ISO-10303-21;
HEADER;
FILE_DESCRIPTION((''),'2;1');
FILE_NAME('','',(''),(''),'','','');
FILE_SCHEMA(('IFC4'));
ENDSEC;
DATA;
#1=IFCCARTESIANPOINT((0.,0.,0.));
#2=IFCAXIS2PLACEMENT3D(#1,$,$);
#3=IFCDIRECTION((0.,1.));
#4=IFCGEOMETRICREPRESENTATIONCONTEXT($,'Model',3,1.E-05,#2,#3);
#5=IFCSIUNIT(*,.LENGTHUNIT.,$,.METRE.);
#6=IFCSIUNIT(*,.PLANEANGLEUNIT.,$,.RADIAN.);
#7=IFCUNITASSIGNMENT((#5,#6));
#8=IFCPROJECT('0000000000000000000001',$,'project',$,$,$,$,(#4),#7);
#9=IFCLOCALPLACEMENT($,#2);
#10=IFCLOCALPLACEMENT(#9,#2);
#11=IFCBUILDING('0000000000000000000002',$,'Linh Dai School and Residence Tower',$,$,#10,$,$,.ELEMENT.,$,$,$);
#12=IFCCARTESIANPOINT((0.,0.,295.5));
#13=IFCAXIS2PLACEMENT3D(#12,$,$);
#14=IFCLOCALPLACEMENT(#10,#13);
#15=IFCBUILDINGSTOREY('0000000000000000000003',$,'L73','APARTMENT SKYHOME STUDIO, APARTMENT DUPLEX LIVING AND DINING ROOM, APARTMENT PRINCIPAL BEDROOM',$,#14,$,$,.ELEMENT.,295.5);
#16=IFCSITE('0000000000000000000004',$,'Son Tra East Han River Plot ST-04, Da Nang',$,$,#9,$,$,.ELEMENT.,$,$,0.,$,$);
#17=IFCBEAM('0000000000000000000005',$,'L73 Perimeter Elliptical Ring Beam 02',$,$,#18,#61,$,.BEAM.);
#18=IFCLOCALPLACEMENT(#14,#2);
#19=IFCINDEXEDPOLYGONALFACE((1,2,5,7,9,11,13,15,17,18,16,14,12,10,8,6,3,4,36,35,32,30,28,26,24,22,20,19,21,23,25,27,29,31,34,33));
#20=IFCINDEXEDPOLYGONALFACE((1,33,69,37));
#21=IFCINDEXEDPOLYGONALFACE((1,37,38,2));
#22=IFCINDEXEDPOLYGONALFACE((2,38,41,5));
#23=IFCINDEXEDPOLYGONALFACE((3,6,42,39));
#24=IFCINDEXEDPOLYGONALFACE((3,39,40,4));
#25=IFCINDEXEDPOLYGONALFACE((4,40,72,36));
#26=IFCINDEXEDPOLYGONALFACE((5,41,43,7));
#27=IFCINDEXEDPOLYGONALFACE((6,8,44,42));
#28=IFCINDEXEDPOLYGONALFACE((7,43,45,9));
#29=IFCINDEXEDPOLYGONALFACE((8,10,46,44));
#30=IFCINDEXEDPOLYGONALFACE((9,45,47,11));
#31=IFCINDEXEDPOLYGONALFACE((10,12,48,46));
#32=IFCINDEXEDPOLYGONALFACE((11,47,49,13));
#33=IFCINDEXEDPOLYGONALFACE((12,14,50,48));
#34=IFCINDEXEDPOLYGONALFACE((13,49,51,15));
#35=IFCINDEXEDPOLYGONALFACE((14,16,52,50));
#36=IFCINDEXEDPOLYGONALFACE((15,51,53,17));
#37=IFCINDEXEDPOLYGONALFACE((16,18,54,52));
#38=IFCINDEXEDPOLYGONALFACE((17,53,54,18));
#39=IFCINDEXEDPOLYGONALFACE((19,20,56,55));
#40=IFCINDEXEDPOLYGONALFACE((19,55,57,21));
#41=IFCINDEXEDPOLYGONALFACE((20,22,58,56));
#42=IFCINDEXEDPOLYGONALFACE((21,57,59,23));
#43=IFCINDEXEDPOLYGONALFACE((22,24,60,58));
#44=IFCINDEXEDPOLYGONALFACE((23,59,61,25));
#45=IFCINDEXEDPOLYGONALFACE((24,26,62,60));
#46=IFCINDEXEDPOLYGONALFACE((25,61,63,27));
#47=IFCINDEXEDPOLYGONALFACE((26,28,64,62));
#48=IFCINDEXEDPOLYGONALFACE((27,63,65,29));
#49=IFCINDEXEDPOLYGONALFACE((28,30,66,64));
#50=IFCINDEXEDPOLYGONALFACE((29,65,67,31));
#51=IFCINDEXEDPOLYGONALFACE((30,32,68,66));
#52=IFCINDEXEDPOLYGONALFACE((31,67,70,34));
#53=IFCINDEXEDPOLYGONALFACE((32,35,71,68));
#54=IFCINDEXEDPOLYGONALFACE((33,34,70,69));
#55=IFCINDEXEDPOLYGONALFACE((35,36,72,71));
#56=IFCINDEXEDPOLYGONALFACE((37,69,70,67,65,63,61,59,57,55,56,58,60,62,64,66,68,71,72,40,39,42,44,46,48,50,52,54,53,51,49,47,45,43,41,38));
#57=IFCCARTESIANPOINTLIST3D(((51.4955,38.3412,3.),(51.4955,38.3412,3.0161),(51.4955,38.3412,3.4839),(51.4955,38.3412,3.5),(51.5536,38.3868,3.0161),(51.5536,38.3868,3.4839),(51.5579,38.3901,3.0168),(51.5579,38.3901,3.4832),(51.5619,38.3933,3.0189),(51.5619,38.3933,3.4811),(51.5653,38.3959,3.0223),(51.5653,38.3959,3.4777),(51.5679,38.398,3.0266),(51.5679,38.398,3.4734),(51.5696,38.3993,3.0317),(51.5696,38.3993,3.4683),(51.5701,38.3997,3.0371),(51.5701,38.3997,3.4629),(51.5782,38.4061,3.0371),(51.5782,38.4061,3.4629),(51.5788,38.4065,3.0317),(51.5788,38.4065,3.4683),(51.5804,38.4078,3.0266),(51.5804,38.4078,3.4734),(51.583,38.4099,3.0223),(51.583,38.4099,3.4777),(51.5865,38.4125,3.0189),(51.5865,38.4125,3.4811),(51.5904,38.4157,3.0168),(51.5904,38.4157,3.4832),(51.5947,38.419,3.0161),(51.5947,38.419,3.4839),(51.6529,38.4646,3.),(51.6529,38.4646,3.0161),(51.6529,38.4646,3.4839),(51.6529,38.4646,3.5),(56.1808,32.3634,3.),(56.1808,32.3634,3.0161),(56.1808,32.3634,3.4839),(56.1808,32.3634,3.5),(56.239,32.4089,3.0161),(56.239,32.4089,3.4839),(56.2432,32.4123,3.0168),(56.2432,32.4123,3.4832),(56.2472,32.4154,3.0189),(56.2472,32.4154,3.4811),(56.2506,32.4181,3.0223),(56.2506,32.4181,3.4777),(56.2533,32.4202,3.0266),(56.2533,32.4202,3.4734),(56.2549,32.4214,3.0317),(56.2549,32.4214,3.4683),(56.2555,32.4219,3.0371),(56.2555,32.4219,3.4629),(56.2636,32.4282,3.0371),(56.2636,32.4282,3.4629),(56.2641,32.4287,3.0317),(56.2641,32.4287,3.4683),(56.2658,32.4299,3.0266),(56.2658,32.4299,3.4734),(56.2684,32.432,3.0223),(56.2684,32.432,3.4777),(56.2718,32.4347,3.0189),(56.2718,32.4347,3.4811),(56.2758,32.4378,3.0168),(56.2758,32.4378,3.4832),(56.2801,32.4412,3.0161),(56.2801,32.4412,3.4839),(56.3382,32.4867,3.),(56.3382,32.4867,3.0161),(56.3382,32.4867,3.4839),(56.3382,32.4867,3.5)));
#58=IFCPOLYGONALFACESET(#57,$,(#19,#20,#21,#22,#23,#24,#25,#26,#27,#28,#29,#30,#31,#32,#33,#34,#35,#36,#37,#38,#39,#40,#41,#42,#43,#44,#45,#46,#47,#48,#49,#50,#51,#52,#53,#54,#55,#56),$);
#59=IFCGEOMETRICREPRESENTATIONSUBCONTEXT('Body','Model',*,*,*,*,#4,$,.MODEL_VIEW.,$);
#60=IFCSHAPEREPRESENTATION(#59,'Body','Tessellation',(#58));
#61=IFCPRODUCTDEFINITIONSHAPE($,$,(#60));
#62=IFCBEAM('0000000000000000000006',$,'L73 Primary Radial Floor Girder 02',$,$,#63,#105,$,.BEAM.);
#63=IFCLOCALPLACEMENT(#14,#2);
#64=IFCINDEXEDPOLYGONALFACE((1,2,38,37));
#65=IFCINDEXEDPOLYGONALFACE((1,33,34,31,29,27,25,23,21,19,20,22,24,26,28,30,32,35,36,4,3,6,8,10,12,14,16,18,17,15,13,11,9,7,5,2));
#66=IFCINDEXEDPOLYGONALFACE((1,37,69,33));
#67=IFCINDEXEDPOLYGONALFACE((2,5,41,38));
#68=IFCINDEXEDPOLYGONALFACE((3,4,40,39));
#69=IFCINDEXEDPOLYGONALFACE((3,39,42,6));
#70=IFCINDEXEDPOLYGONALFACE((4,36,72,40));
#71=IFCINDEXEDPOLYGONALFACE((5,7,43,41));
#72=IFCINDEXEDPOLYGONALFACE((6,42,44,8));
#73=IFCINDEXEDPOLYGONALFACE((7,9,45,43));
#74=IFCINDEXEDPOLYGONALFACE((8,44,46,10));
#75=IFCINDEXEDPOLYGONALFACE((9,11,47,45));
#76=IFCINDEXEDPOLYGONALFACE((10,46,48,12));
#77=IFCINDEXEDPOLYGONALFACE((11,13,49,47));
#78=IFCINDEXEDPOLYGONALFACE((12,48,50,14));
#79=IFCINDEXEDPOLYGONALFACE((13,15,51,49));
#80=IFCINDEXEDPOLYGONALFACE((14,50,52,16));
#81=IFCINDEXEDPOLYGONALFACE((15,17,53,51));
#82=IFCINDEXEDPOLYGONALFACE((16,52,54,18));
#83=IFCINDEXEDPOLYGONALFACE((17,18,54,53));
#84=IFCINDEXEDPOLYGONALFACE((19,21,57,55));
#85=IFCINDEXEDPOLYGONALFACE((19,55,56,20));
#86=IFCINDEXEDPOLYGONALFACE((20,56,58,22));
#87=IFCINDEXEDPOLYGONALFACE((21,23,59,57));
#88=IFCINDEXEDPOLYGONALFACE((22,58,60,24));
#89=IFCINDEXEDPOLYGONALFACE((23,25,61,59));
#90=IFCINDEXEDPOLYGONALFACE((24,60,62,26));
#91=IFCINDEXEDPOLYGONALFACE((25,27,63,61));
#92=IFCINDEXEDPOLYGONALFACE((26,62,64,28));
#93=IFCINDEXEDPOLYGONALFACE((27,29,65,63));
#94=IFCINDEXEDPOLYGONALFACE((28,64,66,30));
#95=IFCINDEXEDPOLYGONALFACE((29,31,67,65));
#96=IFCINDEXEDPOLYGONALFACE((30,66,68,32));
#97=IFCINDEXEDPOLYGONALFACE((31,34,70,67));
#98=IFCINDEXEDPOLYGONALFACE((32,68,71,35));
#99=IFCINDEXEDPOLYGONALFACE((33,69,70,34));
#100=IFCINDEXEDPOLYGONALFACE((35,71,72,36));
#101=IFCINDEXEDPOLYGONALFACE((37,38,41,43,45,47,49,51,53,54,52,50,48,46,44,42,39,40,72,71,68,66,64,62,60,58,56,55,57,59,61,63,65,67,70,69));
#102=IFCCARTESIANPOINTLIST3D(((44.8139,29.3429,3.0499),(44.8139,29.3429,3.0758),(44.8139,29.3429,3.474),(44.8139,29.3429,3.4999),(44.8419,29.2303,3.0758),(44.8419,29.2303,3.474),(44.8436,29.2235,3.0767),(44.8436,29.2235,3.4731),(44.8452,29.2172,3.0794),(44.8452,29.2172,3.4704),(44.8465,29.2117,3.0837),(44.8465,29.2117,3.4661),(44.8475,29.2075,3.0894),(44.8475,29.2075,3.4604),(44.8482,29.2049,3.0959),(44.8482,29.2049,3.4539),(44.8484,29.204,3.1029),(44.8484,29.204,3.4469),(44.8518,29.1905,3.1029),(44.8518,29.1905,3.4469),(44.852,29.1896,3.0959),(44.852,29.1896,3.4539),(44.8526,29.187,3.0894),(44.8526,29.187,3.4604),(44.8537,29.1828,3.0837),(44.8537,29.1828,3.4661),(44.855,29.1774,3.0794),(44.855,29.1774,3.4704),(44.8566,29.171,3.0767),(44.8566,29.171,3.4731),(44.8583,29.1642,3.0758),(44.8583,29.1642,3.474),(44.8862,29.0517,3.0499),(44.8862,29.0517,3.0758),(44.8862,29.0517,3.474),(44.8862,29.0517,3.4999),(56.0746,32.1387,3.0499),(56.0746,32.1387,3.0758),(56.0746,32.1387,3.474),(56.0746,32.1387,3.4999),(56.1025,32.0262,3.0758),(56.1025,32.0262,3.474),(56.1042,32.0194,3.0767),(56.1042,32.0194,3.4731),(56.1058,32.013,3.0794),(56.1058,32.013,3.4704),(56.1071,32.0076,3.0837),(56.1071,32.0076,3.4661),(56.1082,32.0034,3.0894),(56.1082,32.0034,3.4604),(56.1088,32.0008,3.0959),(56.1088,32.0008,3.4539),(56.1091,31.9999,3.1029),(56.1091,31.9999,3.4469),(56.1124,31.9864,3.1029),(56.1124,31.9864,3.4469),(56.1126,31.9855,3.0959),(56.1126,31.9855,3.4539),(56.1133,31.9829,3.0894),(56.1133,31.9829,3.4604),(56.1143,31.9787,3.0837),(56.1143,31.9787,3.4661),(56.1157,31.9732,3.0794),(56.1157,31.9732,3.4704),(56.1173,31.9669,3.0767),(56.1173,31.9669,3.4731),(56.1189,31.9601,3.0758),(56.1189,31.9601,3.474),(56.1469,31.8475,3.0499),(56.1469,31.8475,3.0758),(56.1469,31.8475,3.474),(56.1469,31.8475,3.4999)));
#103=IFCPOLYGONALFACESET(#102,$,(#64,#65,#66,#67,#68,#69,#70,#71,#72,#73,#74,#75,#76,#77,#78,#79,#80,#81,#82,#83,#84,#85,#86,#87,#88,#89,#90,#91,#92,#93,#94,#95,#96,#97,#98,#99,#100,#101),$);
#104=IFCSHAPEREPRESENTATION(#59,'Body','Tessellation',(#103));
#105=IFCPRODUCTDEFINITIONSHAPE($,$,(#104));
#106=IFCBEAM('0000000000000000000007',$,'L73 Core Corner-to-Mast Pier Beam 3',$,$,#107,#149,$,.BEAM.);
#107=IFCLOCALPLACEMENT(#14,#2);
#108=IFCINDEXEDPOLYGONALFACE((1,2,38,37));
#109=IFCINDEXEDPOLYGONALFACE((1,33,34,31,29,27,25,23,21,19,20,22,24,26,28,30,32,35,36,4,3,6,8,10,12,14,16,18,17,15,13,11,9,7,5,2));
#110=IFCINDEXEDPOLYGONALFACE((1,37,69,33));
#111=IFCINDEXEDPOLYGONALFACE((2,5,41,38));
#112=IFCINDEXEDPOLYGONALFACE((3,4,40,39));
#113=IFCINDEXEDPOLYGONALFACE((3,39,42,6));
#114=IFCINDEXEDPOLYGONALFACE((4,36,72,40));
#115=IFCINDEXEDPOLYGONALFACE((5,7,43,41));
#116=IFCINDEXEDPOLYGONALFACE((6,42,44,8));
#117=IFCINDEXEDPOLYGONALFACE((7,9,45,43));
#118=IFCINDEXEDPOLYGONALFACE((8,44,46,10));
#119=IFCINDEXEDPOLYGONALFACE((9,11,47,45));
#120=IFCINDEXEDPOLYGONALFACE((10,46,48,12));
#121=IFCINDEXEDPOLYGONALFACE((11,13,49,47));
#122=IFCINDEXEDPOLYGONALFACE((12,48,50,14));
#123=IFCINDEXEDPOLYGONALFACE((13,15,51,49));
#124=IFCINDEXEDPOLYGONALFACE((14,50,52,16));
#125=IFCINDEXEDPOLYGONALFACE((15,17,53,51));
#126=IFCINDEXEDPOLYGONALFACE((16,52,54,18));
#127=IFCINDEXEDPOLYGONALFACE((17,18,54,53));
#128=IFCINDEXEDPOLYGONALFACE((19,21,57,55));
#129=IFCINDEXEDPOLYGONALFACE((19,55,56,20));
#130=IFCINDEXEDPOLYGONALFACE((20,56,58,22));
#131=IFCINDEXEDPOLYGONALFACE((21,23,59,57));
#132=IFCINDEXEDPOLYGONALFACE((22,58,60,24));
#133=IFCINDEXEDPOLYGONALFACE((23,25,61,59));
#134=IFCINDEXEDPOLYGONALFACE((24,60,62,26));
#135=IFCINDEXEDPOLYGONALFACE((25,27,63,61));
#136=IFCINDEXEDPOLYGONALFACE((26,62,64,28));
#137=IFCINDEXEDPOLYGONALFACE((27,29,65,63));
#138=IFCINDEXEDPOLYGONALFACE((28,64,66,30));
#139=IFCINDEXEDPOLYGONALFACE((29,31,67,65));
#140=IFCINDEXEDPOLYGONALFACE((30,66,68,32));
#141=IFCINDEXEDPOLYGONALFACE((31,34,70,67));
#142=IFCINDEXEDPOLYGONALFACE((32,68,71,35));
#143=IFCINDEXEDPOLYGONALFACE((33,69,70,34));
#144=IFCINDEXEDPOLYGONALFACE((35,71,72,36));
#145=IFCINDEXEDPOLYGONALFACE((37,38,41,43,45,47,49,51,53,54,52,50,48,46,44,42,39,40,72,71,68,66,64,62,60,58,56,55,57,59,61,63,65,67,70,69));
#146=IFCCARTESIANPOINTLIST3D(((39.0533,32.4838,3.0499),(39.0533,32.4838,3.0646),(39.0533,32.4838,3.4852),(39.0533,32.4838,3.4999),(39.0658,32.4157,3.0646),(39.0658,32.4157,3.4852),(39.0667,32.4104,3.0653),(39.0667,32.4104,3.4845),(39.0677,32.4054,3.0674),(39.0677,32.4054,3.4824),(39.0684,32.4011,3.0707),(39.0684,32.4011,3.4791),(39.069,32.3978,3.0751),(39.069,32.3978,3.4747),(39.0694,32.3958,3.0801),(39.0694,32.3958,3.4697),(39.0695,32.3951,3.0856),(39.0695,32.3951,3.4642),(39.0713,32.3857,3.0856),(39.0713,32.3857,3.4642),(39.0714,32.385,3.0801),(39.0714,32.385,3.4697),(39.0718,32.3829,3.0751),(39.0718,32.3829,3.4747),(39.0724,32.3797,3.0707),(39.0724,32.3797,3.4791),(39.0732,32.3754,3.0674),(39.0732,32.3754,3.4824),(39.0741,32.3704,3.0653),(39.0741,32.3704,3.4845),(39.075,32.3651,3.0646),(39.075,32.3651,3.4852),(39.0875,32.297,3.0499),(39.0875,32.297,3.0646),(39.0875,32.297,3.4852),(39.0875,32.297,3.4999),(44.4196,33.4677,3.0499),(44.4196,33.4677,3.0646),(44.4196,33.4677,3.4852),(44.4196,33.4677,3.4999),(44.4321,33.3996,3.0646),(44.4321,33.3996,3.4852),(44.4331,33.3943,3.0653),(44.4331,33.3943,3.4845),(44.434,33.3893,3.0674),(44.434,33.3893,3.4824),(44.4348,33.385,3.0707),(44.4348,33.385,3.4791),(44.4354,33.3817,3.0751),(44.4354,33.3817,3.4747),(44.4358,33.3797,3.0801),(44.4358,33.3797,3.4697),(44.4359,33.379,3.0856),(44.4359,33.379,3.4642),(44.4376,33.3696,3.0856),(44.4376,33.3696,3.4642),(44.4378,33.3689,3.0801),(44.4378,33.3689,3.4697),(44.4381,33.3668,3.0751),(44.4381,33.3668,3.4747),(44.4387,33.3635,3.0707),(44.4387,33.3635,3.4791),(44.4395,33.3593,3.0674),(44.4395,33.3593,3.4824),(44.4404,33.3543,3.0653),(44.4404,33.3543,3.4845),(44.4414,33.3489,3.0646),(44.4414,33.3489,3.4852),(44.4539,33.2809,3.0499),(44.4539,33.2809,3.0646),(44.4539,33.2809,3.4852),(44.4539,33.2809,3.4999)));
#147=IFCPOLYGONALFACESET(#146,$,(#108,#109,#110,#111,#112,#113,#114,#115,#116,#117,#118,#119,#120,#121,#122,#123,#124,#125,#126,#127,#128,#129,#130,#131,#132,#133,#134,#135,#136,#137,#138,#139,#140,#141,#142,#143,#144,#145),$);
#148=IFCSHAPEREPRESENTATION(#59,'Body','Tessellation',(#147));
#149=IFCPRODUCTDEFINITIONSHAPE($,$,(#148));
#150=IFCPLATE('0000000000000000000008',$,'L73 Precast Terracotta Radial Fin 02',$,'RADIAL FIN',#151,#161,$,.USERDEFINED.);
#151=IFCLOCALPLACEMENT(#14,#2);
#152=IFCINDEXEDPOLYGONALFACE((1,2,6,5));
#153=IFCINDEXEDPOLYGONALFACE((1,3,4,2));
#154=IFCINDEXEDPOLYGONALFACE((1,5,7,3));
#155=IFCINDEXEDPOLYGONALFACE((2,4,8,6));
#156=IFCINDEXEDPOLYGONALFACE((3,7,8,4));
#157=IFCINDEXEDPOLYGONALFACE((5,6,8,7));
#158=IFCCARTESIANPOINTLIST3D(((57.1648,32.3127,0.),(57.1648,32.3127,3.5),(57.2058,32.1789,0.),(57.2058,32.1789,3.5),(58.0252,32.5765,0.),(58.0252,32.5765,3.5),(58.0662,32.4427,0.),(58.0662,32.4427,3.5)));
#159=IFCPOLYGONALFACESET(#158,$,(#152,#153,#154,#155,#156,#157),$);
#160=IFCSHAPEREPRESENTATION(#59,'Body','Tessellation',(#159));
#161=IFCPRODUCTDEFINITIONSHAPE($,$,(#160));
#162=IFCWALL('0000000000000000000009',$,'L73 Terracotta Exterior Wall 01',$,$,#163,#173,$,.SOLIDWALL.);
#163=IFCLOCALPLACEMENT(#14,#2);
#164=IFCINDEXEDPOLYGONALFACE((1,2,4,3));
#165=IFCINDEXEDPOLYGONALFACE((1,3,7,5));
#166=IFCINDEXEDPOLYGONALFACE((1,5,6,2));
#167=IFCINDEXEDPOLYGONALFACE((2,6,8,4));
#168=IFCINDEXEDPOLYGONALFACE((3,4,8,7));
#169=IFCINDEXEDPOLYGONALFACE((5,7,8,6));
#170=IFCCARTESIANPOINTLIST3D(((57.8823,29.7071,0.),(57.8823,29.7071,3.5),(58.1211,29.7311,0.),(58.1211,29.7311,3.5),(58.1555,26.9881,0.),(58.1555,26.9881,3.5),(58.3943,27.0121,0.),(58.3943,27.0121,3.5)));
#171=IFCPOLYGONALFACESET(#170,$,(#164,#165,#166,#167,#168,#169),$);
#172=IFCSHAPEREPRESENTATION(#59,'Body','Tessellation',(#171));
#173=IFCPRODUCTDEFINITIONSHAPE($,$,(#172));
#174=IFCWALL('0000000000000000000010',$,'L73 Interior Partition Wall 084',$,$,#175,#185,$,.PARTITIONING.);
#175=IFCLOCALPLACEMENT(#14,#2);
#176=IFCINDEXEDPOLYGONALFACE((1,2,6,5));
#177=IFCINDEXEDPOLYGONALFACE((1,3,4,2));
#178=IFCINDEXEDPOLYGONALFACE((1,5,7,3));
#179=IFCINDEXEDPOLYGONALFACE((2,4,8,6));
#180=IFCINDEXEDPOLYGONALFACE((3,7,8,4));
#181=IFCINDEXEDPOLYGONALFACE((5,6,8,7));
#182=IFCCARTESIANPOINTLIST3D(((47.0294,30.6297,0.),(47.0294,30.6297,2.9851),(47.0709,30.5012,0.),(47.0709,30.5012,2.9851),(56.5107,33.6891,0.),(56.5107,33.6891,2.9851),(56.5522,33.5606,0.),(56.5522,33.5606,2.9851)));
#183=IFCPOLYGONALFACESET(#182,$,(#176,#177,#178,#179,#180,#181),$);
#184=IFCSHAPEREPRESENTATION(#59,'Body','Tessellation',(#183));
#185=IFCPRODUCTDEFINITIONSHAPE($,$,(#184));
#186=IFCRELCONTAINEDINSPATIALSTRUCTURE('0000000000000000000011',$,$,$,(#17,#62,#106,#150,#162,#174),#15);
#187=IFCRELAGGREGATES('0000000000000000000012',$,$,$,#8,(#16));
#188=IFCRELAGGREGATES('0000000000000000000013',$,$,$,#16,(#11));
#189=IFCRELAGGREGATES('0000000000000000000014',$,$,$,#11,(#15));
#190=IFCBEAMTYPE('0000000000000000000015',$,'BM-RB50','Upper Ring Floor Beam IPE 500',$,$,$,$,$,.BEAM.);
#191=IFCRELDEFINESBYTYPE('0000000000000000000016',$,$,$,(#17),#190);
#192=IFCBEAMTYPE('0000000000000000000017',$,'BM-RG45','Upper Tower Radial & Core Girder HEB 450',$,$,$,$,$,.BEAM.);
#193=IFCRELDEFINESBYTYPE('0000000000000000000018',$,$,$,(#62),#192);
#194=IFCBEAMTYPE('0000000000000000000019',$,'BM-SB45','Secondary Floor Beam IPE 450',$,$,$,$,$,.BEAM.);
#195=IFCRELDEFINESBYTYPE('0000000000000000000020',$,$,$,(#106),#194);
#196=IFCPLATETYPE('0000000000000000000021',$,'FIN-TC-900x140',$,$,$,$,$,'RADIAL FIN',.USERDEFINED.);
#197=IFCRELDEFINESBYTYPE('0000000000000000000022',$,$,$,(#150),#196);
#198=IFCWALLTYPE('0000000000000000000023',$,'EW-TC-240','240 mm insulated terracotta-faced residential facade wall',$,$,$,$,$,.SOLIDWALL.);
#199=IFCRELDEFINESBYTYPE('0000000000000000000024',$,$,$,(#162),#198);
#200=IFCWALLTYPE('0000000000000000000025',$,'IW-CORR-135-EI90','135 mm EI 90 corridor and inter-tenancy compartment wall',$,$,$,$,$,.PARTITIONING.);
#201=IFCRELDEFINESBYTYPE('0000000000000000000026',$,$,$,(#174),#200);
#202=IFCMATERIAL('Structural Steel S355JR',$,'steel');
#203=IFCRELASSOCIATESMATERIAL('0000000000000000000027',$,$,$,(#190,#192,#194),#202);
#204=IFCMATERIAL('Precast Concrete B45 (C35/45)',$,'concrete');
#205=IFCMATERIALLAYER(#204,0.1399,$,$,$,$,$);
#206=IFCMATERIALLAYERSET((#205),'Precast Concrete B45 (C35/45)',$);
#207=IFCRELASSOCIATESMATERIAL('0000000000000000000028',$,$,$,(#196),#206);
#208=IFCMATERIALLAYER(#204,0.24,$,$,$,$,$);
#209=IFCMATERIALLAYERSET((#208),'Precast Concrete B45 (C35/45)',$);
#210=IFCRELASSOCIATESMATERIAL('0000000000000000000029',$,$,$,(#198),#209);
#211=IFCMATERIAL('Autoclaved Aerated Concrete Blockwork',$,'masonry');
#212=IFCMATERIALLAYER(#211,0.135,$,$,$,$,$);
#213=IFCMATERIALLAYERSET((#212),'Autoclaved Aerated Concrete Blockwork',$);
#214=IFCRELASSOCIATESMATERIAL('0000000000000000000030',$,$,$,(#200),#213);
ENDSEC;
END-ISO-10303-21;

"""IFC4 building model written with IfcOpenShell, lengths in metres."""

from ifc_helpers import new_model, si_unit, direction, frame, frame_2d, origin, origin_2d, place, context, subcontext, project, spatial, rectangle, i_section, extrude, source, transform, mapped, material, layer, layer_set, material_profile, profile_set, type_object, element, save


model = new_model("IFC4")

# Units and contexts
model_context = context("Model", 3, precision=1e-05, world=origin(), true_north=direction((0.0, 1.0)))
body_context = subcontext(model_context, "Body", "Model", "MODEL_VIEW")
ifc_project = project(units=[si_unit("LENGTHUNIT", "METRE"), si_unit("PLANEANGLEUNIT", "RADIAN")], contexts=[model_context])

# Site, building, storey
site_placement = place(None, origin())
site = spatial("IfcSite", under=ifc_project, at=site_placement, Name="Son Tra East Han River Plot ST-04, Da Nang", CompositionType="ELEMENT", RefElevation=0.0)
building_placement = place(site_placement, origin())
building = spatial("IfcBuilding", under=site, at=building_placement, Name="Linh Dai School and Residence Tower", CompositionType="ELEMENT")
storey_placement = place(building_placement, frame((0.0, 0.0, 295.5)))
storey = spatial("IfcBuildingStorey", under=building, at=storey_placement, Name="L73", Description="APARTMENT SKYHOME STUDIO, APARTMENT DUPLEX LIVING AND DINING ROOM, APARTMENT PRINCIPAL BEDROOM", CompositionType="ELEMENT", Elevation=295.5)

# Shared definitions
ifc_material_1 = material(Name="Structural Steel S355JR", Category="steel")

# Beams
ifc_material_profile_1 = material_profile(ifc_material_1, i_section(OverallWidth=0.2, OverallDepth=0.5, WebThickness=0.0103, FlangeThickness=0.0161, FilletRadius=0.021, at=origin_2d()), Name="IPE 500")
ifc_profile_set_1 = profile_set([ifc_material_profile_1], Name="Structural Steel S355JR")
beam_type_1 = type_object("IfcBeamType", Name="BM-RB50", Description="Upper Ring Floor Beam IPE 500", PredefinedType="BEAM", material=ifc_profile_set_1)
beam_1_placement = place(storey_placement, frame((56.2595, 32.425, 3.25), z_axis=(-0.616883, 0.787055, 0.0), x_axis=(-0.787055, -0.616883, 0.0)))
element("IfcBeam", 1, at=beam_1_placement, inside=storey, type_object=beam_type_1, Name="L73 Perimeter Elliptical Ring Beam 02", PredefinedType="BEAM", context=body_context, shape_type="SweptSolid", body=[
    extrude(i_section(OverallWidth=0.2, OverallDepth=0.5, WebThickness=0.0103, FlangeThickness=0.0161, FilletRadius=0.021, at=origin_2d()), origin(), (0.0, 0.0, 1.0), 7.5952),
])
ifc_material_profile_2 = material_profile(ifc_material_1, i_section(OverallWidth=0.3, OverallDepth=0.45, WebThickness=0.0139, FlangeThickness=0.0259, FilletRadius=0.0271, at=origin_2d()), Name="HEB 450")
ifc_profile_set_2 = profile_set([ifc_material_profile_2], Name="Structural Steel S355JR")
beam_type_2 = type_object("IfcBeamType", Name="BM-RG45", Description="Upper Tower Radial & Core Girder HEB 450", PredefinedType="BEAM", material=ifc_profile_set_2)
beam_2_placement = place(storey_placement, frame((44.8501, 29.1973, 3.2749), z_axis=(0.970532, 0.240971, 0.0), x_axis=(-0.240971, 0.970532, 0.0)))
element("IfcBeam", 2, at=beam_2_placement, inside=storey, type_object=beam_type_2, Name="L73 Primary Radial Floor Girder 02", PredefinedType="BEAM", context=body_context, shape_type="SweptSolid", body=[
    extrude(i_section(OverallWidth=0.3, OverallDepth=0.45, WebThickness=0.0139, FlangeThickness=0.0259, FilletRadius=0.0271, at=origin_2d()), origin(), (0.0, 0.0, 1.0), 11.6025),
])
ifc_material_profile_3 = material_profile(ifc_material_1, i_section(OverallWidth=0.1899, OverallDepth=0.45, WebThickness=0.0095, FlangeThickness=0.0146, FilletRadius=0.021, at=origin_2d()), Name="IPE 450")
ifc_profile_set_3 = profile_set([ifc_material_profile_3], Name="Structural Steel S355JR")
beam_type_3 = type_object("IfcBeamType", Name="BM-SB45", Description="Secondary Floor Beam IPE 450", PredefinedType="BEAM", material=ifc_profile_set_3)
beam_3_placement = place(storey_placement, frame((44.4368, 33.3743, 3.2749), z_axis=(-0.983605, -0.180334, 0.0), x_axis=(0.180334, -0.983605, 0.0)))
element("IfcBeam", 3, at=beam_3_placement, inside=storey, type_object=beam_type_3, Name="L73 Core Corner-to-Mast Pier Beam 3", PredefinedType="BEAM", context=body_context, shape_type="SweptSolid", body=[
    extrude(i_section(OverallWidth=0.1899, OverallDepth=0.45, WebThickness=0.0095, FlangeThickness=0.0146, FilletRadius=0.021, at=origin_2d()), origin(), (0.0, 0.0, 1.0), 5.4558),
])

# Plate
ifc_material_2 = material(Name="Precast Concrete B45 (C35/45)", Category="concrete")
ifc_layer_1 = layer(ifc_material_2, 0.1399)
ifc_layer_set_1 = layer_set([ifc_layer_1], Name="Precast Concrete B45 (C35/45)")
plate_type = type_object("IfcPlateType", Name="FIN-TC-900x140", ElementType="RADIAL FIN", PredefinedType="USERDEFINED", material=ifc_layer_set_1)
shared_shape_1 = source(origin(), body_context, "Body", "SweptSolid", [
    extrude(rectangle(XDim=0.8999, YDim=0.1399, at=origin_2d()), origin(), (0.0, 0.0, 1.0), 3.5),
])
plate_placement = place(storey_placement, frame((57.6155, 32.3777, 0.0), z_axis=(0.0, 0.0, 1.0), x_axis=(0.956069, 0.293141, 0.0)))
element("IfcPlate", 4, at=plate_placement, inside=storey, type_object=plate_type, Name="L73 Precast Terracotta Radial Fin 02", ObjectType="RADIAL FIN", PredefinedType="USERDEFINED", context=body_context, shape_type="MappedRepresentation", body=[
    mapped(shared_shape_1, transform((0.0, 0.0, 0.0), x_axis=(1.0, 0.0, 0.0), y_axis=(0.0, 1.0, 0.0), z_axis=(0.0, 0.0, 1.0), scale=1.0)),
])

# Wall
ifc_layer_2 = layer(ifc_material_2, 0.24)
ifc_layer_set_2 = layer_set([ifc_layer_2], Name="Precast Concrete B45 (C35/45)")
wall_type_1 = type_object("IfcWallType", Name="EW-TC-240", Description="240 mm insulated terracotta-faced residential facade wall", PredefinedType="SOLIDWALL", material=ifc_layer_set_2)
wall_1_placement = place(storey_placement, frame((58.0017, 29.719, 0.0), z_axis=(0.0, 0.0, 1.0), x_axis=(0.099973, -0.99499, 0.0)))
element("IfcWall", 5, at=wall_1_placement, inside=storey, type_object=wall_type_1, Name="L73 Terracotta Exterior Wall 01", PredefinedType="SOLIDWALL", context=body_context, shape_type="SweptSolid", body=[
    extrude(rectangle(XDim=2.7327, YDim=0.24, at=frame_2d((1.3662, 0.0))), origin(), (0.0, 0.0, 1.0), 3.5),
])

# Wall
ifc_material_3 = material(Name="Autoclaved Aerated Concrete Blockwork", Category="masonry")
ifc_layer_3 = layer(ifc_material_3, 0.135)
ifc_layer_set_3 = layer_set([ifc_layer_3], Name="Autoclaved Aerated Concrete Blockwork")
wall_type_2 = type_object("IfcWallType", Name="IW-CORR-135-EI90", Description="135 mm EI 90 corridor and inter-tenancy compartment wall", PredefinedType="PARTITIONING", material=ifc_layer_set_3)
wall_2_placement = place(storey_placement, frame((47.05, 30.5654, 0.0), z_axis=(0.0, 0.0, 1.0), x_axis=(0.951683, 0.307082, 0.0)))
element("IfcWall", 6, at=wall_2_placement, inside=storey, type_object=wall_type_2, Name="L73 Interior Partition Wall 084", PredefinedType="PARTITIONING", context=body_context, shape_type="SweptSolid", body=[
    extrude(rectangle(XDim=9.9626, YDim=0.135, at=frame_2d((4.9814, 0.0))), origin(), (0.0, 0.0, 1.0), 2.9851),
])

save(model, "model.ifc")
